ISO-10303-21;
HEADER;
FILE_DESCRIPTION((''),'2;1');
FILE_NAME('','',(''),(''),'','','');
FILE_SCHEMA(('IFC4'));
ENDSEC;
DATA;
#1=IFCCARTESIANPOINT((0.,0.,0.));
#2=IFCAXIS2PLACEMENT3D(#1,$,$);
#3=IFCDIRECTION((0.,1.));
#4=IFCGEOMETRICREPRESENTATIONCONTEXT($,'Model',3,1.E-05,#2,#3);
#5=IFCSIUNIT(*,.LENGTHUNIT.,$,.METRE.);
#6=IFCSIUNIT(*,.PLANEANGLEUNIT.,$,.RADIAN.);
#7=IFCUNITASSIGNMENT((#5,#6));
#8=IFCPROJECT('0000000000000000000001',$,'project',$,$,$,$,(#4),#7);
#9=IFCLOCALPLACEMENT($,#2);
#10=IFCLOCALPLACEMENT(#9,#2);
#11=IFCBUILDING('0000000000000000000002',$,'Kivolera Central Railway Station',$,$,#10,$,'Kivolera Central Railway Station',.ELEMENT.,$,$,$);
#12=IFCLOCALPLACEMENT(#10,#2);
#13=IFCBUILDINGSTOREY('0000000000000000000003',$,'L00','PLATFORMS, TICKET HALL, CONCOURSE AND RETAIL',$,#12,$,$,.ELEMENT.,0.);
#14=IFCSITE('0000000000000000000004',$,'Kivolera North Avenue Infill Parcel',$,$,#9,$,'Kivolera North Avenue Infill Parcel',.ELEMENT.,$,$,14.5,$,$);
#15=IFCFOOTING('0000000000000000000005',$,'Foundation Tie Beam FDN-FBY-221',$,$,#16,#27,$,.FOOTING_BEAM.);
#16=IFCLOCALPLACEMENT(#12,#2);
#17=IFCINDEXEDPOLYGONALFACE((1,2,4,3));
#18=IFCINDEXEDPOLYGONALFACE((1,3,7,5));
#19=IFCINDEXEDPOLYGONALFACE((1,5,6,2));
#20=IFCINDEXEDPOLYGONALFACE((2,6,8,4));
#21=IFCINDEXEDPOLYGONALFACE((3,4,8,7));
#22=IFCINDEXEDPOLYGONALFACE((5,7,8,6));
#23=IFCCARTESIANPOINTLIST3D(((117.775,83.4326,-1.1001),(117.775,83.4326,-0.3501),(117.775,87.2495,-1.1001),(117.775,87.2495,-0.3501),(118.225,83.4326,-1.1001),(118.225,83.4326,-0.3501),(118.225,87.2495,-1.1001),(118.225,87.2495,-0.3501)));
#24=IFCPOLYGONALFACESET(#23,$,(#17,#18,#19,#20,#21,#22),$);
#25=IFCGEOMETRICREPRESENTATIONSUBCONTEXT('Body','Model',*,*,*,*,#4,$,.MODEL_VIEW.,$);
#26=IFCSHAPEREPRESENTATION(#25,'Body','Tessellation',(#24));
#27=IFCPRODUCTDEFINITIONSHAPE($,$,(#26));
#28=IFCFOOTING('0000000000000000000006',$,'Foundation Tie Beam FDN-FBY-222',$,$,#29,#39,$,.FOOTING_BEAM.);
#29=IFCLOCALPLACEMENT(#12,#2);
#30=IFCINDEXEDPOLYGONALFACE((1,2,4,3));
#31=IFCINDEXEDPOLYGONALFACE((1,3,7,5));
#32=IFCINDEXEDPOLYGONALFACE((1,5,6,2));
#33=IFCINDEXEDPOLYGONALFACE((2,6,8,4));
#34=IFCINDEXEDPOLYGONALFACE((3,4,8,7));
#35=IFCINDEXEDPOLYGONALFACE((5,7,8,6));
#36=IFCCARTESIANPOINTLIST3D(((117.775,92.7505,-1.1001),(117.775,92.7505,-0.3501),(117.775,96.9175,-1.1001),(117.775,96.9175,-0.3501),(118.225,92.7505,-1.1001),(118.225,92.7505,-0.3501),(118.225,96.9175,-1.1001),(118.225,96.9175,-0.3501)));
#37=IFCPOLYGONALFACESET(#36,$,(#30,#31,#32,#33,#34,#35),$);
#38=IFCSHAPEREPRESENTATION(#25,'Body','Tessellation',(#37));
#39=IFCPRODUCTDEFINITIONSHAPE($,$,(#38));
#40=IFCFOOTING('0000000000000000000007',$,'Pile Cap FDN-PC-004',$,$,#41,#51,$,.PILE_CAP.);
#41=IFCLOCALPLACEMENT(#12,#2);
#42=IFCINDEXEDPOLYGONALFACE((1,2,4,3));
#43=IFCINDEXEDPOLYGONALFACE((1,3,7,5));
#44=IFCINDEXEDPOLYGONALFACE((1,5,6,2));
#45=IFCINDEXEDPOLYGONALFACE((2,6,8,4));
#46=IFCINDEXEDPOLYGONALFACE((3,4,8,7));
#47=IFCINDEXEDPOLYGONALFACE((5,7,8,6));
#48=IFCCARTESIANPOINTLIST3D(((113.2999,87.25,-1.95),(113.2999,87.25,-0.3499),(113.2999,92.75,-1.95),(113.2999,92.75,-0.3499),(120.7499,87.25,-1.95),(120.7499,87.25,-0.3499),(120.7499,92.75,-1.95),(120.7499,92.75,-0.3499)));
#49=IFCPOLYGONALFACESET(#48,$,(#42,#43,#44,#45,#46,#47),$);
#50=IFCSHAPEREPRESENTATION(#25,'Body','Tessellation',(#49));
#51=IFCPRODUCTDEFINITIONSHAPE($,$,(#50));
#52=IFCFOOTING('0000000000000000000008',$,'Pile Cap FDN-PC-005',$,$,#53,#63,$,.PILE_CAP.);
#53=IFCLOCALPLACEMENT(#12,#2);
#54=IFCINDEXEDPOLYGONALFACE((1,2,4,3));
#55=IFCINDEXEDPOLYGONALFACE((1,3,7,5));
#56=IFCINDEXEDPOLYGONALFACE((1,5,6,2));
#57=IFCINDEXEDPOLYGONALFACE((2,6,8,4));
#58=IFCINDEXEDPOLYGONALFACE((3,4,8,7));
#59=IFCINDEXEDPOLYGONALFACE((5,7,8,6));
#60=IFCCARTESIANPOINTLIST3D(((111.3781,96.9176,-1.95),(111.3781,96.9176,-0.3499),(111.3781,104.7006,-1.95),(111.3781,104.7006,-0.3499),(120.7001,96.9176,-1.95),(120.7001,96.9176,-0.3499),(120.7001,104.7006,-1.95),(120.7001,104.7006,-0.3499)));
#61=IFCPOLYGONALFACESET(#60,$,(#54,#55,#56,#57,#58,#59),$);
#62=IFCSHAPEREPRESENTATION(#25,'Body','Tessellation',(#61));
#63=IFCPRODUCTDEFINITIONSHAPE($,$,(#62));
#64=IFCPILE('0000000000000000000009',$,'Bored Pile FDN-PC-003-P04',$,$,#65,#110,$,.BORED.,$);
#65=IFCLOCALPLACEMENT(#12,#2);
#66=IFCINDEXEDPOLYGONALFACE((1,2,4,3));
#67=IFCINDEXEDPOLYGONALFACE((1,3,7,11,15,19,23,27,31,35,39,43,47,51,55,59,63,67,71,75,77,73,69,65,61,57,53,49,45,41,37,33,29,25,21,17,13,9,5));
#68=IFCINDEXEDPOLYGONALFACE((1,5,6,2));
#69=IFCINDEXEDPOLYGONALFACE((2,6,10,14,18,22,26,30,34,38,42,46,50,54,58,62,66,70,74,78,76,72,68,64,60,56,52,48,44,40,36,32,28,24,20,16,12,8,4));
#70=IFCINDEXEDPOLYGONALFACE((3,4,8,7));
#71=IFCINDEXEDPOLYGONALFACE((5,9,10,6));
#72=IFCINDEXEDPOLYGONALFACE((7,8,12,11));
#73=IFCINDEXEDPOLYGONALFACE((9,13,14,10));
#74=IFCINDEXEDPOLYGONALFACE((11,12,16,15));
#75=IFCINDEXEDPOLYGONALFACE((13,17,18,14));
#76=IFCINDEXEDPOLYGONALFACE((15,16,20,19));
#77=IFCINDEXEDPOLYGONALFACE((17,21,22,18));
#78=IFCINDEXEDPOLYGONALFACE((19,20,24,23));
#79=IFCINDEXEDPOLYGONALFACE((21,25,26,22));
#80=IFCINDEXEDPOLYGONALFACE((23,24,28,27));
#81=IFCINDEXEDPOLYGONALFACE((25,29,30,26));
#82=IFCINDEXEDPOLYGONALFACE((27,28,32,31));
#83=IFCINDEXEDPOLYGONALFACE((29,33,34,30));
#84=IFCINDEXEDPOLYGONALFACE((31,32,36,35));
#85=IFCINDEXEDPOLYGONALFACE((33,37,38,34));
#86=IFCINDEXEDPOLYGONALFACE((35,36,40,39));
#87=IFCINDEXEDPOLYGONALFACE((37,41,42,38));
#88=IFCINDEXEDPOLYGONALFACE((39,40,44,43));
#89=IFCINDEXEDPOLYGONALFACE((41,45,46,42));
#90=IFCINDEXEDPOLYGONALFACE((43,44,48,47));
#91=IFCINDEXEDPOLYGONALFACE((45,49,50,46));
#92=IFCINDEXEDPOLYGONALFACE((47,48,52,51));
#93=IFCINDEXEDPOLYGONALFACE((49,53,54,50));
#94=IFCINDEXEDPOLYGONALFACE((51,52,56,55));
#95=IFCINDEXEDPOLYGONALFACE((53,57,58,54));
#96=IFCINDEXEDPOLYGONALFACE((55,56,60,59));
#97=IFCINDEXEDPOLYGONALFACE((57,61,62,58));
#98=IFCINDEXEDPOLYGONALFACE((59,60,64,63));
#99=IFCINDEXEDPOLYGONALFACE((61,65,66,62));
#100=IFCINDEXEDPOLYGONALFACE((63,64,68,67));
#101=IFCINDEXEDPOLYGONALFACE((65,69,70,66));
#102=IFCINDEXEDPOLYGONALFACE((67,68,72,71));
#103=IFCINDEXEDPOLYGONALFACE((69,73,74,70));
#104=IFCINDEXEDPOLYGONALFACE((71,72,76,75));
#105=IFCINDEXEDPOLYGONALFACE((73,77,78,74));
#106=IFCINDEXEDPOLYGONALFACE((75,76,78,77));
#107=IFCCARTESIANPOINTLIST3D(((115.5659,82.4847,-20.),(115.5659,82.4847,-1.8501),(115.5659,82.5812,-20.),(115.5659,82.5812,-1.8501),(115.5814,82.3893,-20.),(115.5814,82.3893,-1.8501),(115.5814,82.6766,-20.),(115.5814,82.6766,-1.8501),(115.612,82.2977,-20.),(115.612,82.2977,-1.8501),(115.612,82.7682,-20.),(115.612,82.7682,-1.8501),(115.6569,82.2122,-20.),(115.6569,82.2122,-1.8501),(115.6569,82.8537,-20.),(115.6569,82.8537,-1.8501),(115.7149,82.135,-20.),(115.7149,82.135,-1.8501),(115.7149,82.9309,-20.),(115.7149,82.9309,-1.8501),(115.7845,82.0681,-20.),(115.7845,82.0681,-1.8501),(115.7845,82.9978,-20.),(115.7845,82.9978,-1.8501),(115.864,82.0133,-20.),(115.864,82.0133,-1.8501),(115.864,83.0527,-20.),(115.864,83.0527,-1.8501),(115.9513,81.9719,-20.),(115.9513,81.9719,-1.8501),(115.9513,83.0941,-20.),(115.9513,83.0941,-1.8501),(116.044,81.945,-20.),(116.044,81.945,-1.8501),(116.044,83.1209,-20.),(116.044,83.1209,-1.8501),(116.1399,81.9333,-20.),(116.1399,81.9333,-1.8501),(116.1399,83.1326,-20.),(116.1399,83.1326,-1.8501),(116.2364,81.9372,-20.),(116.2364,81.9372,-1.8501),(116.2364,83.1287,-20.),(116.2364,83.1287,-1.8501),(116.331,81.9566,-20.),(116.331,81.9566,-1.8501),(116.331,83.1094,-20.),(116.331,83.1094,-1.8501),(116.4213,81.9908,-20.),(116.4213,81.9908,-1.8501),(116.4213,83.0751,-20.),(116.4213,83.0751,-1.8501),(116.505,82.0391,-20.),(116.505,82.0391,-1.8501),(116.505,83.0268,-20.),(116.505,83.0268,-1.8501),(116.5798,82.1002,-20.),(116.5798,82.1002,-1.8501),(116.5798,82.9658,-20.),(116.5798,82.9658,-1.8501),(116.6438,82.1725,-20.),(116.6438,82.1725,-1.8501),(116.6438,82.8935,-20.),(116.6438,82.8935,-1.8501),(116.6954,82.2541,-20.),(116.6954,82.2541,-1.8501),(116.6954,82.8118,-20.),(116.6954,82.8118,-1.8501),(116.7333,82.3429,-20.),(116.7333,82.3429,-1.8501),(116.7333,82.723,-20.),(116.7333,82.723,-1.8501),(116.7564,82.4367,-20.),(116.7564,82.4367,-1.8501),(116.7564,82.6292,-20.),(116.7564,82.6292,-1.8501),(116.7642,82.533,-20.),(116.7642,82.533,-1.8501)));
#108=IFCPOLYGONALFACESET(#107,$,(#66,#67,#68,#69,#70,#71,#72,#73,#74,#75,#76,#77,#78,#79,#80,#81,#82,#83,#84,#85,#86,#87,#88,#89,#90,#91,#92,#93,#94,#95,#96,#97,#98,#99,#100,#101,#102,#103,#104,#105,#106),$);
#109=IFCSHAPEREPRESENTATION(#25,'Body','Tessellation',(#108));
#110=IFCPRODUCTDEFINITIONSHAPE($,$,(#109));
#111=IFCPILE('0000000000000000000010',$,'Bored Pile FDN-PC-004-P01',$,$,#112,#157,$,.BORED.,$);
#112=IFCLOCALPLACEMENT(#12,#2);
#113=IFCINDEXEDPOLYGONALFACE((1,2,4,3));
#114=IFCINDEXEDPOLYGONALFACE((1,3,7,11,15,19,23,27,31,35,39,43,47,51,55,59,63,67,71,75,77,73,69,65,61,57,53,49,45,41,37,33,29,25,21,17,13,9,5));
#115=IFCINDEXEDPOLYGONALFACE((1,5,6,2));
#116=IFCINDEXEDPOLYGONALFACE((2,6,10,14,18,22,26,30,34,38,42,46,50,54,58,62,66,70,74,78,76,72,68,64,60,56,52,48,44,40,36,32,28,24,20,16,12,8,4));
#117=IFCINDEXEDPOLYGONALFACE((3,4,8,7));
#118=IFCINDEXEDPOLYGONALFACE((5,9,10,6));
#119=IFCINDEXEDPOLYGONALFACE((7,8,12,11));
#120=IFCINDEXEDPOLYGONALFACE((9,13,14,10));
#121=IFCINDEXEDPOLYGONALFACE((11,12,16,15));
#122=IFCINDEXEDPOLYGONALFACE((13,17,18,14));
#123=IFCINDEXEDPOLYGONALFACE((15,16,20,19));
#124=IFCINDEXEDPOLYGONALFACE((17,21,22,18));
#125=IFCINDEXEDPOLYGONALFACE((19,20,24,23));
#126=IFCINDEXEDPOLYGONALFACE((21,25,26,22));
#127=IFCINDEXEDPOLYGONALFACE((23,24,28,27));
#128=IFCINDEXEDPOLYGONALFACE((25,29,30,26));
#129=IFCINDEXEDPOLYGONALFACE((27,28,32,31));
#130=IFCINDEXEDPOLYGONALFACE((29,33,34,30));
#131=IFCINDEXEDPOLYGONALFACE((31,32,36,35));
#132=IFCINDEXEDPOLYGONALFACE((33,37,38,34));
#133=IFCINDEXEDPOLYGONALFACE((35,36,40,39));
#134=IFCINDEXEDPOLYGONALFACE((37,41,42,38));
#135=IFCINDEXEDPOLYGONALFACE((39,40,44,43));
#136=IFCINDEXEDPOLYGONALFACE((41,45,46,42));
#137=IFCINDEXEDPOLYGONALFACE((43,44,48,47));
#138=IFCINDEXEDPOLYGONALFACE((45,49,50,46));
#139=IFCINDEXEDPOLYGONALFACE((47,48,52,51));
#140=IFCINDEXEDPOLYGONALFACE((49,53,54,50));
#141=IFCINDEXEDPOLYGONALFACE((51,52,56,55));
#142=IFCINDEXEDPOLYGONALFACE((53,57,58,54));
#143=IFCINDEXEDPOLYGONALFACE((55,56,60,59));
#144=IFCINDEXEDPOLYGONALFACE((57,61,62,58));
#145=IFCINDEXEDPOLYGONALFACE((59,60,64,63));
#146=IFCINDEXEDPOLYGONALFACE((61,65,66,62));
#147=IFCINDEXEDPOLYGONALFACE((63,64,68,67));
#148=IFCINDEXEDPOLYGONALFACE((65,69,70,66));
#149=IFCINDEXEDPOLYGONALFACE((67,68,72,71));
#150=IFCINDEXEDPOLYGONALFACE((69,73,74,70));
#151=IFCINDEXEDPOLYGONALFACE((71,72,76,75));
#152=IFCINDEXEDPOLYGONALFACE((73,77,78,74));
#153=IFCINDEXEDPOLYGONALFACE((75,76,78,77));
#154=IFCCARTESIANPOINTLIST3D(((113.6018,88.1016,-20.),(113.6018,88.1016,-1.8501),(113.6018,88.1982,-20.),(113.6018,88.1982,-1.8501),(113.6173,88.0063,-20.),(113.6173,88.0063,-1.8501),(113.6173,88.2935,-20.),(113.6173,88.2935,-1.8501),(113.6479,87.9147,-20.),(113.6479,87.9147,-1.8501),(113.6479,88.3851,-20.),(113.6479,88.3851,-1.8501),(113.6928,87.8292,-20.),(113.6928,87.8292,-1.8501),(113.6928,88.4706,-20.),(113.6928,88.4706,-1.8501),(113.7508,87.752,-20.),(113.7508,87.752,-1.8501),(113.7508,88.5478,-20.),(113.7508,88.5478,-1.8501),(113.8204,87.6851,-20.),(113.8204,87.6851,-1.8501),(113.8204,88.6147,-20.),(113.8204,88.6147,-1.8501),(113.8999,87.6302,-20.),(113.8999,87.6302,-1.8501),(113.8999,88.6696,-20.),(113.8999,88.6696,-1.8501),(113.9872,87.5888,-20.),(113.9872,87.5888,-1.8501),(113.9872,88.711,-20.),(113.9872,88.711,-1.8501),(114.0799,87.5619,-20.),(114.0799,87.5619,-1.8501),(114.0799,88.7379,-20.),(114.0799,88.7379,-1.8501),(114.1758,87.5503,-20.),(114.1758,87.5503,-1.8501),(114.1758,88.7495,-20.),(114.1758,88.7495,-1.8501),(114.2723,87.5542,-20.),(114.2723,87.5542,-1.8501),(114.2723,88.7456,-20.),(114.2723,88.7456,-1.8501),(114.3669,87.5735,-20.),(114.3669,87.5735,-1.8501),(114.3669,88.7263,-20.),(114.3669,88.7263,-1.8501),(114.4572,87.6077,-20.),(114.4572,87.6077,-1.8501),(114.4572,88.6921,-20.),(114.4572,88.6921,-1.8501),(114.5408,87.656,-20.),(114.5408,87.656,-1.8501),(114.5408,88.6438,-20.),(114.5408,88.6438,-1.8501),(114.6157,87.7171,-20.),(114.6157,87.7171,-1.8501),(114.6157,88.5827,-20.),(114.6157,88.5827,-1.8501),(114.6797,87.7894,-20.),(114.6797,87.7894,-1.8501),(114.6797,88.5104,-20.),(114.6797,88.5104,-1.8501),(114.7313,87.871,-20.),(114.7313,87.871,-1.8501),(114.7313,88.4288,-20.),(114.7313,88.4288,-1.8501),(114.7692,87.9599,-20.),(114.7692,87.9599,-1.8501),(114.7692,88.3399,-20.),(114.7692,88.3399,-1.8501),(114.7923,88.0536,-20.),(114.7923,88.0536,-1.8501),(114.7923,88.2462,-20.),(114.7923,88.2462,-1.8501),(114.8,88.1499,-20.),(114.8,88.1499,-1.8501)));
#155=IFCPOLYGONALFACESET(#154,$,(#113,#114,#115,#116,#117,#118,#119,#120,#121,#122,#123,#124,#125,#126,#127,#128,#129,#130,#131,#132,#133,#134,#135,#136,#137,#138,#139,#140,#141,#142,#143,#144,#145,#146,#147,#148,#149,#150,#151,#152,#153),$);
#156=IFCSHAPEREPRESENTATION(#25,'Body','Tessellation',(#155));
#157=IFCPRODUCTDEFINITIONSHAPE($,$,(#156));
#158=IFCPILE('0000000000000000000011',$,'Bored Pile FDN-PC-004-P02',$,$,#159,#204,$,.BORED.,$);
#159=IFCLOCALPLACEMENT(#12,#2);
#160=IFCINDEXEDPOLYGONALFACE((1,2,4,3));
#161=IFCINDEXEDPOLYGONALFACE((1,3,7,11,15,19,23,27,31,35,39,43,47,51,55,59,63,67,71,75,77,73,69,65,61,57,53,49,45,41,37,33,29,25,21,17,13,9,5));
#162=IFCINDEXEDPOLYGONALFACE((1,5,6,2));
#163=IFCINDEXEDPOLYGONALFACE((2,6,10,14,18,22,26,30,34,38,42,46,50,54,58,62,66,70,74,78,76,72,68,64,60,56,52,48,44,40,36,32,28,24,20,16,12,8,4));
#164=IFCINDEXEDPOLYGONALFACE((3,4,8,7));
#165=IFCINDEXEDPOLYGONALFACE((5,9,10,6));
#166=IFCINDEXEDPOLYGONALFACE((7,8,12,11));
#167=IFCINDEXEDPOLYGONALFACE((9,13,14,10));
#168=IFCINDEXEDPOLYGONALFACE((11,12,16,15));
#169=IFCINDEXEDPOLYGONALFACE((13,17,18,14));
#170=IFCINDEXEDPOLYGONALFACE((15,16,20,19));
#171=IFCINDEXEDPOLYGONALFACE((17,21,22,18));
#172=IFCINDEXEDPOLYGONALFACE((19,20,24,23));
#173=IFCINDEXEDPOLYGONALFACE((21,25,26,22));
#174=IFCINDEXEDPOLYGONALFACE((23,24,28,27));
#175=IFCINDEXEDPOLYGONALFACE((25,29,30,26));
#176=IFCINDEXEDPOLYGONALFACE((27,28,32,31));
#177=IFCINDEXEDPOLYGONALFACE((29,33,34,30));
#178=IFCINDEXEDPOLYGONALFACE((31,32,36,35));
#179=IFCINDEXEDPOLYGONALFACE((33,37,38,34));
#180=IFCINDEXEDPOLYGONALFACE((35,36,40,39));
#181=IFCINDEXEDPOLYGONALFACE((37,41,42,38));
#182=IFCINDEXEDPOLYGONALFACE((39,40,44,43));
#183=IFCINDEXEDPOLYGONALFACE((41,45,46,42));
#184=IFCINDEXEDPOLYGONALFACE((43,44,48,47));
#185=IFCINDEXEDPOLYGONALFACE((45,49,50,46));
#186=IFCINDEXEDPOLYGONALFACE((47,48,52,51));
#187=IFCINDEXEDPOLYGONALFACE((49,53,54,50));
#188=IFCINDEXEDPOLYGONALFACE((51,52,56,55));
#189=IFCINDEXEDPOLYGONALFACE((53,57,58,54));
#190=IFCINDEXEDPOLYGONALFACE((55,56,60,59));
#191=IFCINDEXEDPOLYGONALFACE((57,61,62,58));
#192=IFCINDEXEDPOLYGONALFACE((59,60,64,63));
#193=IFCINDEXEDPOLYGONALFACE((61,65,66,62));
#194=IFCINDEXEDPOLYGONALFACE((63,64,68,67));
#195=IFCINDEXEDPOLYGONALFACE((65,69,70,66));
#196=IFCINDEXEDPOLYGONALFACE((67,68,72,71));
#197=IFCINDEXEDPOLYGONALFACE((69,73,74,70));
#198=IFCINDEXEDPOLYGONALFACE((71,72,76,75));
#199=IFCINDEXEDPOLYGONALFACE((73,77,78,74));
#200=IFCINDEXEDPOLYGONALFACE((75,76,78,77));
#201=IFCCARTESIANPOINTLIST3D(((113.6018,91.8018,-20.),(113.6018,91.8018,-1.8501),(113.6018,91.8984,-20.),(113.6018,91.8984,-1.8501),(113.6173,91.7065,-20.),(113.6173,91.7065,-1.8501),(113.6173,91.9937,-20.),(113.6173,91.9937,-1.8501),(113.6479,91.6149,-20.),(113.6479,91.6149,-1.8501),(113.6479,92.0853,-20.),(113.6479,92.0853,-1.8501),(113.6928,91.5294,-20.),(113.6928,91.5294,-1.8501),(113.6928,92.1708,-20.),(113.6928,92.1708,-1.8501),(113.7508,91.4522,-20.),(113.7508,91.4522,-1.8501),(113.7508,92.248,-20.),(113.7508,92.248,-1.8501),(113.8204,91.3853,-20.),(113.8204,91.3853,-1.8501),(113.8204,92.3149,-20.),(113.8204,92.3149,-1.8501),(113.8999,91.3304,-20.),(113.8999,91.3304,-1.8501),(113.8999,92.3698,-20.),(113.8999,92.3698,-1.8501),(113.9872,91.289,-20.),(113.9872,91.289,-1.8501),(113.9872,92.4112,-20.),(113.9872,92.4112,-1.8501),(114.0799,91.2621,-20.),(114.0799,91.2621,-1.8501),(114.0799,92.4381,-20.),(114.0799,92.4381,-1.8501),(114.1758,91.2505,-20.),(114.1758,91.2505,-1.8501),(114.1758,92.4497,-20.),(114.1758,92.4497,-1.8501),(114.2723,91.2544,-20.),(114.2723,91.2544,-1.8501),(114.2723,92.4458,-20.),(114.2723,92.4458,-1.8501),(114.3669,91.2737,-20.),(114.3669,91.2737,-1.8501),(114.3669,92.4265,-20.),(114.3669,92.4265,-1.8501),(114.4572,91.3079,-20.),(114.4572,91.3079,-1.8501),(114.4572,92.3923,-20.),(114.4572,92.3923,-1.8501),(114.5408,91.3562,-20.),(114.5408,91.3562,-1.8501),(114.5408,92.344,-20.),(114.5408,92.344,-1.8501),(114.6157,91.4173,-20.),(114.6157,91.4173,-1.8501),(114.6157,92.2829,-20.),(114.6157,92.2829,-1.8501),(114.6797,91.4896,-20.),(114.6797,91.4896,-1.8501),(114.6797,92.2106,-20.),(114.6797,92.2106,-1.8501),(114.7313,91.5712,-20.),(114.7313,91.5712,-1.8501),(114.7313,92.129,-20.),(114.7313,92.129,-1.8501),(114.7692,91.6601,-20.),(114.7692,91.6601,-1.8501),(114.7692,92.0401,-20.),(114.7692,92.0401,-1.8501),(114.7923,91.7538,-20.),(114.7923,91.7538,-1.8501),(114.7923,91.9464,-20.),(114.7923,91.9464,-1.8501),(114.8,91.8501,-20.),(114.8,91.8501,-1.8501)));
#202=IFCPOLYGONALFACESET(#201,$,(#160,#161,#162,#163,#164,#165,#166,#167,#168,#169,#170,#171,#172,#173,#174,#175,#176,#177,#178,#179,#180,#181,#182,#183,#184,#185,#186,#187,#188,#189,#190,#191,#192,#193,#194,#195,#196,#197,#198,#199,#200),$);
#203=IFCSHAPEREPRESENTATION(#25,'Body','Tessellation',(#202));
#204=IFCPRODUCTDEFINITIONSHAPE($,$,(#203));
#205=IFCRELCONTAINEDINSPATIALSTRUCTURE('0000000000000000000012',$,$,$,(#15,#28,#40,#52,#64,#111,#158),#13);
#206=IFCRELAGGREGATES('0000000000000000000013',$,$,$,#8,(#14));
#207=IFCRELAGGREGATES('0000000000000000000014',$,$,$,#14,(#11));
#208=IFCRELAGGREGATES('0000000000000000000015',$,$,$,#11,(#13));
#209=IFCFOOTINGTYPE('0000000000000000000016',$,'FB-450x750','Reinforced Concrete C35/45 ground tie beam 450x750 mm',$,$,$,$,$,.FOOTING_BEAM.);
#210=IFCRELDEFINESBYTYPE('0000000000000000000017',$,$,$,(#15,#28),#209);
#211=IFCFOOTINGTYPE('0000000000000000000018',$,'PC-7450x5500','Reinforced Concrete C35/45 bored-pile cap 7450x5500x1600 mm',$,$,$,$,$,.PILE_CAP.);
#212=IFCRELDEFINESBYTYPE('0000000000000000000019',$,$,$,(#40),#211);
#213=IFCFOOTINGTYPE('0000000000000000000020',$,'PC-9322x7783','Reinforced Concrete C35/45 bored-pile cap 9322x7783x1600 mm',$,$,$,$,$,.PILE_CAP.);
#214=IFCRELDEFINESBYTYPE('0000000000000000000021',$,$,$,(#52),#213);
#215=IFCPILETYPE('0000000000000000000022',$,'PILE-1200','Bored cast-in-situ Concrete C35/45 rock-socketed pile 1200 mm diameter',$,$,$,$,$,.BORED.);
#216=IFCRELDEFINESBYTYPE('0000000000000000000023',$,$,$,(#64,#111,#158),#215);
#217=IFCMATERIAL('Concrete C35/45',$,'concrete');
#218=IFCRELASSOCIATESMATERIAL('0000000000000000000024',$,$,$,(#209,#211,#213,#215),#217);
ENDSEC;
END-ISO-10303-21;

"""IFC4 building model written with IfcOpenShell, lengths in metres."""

from ifc_helpers import new_model, si_unit, direction, frame, origin, origin_2d, place, context, subcontext, project, spatial, rectangle, circle, extrude, material, material_profile, profile_set, type_object, element, save


model = new_model("IFC4")

# Units and contexts
model_context = context("Model", 3, precision=1e-05, world=origin(), true_north=direction((0.0, 1.0)))
body_context = subcontext(model_context, "Body", "Model", "MODEL_VIEW")
ifc_project = project(units=[si_unit("LENGTHUNIT", "METRE"), si_unit("PLANEANGLEUNIT", "RADIAN")], contexts=[model_context])

# Site, building, storey
site_placement = place(None, origin())
site = spatial("IfcSite", under=ifc_project, at=site_placement, Name="Kivolera North Avenue Infill Parcel", LongName="Kivolera North Avenue Infill Parcel", CompositionType="ELEMENT", RefElevation=14.5)
building_placement = place(site_placement, origin())
building = spatial("IfcBuilding", under=site, at=building_placement, Name="Kivolera Central Railway Station", LongName="Kivolera Central Railway Station", CompositionType="ELEMENT")
storey_placement = place(building_placement, origin())
storey = spatial("IfcBuildingStorey", under=building, at=storey_placement, Name="L00", Description="PLATFORMS, TICKET HALL, CONCOURSE AND RETAIL", CompositionType="ELEMENT", Elevation=0.0)

# Footings
ifc_material_1 = material(Name="Concrete C35/45", Category="concrete")
footing_type_1 = type_object("IfcFootingType", Name="FB-450x750", Description="Reinforced Concrete C35/45 ground tie beam 450x750 mm", PredefinedType="FOOTING_BEAM", material=ifc_material_1)
footing_1_placement = place(storey_placement, frame((118.0, 85.3411, -1.1001), z_axis=(0.0, 0.0, 1.0), x_axis=(1.0, 0.0, 0.0)))
element("IfcFooting", 1, at=footing_1_placement, inside=storey, type_object=footing_type_1, Name="Foundation Tie Beam FDN-FBY-221", PredefinedType="FOOTING_BEAM", context=body_context, shape_type="SweptSolid", body=[
    extrude(rectangle(XDim=0.45, YDim=3.8169, at=origin_2d()), origin(), (0.0, 0.0, 1.0), 0.75),
])
footing_2_placement = place(storey_placement, frame((118.0, 94.834, -1.1001), z_axis=(0.0, 0.0, 1.0), x_axis=(1.0, 0.0, 0.0)))
element("IfcFooting", 2, at=footing_2_placement, inside=storey, type_object=footing_type_1, Name="Foundation Tie Beam FDN-FBY-222", PredefinedType="FOOTING_BEAM", context=body_context, shape_type="SweptSolid", body=[
    extrude(rectangle(XDim=0.45, YDim=4.167, at=origin_2d()), origin(), (0.0, 0.0, 1.0), 0.75),
])
footing_type_2 = type_object("IfcFootingType", Name="PC-7450x5500", Description="Reinforced Concrete C35/45 bored-pile cap 7450x5500x1600 mm", PredefinedType="PILE_CAP", material=ifc_material_1)
footing_3_placement = place(storey_placement, frame((117.0249, 90.0, -1.95), z_axis=(0.0, 0.0, 1.0), x_axis=(1.0, 0.0, 0.0)))
element("IfcFooting", 3, at=footing_3_placement, inside=storey, type_object=footing_type_2, Name="Pile Cap FDN-PC-004", PredefinedType="PILE_CAP", context=body_context, shape_type="SweptSolid", body=[
    extrude(rectangle(XDim=7.45, YDim=5.5, at=origin_2d()), origin(), (0.0, 0.0, 1.0), 1.6001),
])
footing_type_3 = type_object("IfcFootingType", Name="PC-9322x7783", Description="Reinforced Concrete C35/45 bored-pile cap 9322x7783x1600 mm", PredefinedType="PILE_CAP", material=ifc_material_1)
footing_4_placement = place(storey_placement, frame((116.0391, 100.8091, -1.95), z_axis=(0.0, 0.0, 1.0), x_axis=(1.0, 0.0, 0.0)))
element("IfcFooting", 4, at=footing_4_placement, inside=storey, type_object=footing_type_3, Name="Pile Cap FDN-PC-005", PredefinedType="PILE_CAP", context=body_context, shape_type="SweptSolid", body=[
    extrude(rectangle(XDim=9.322, YDim=7.783, at=origin_2d()), origin(), (0.0, 0.0, 1.0), 1.6001),
])

# Piles
ifc_material_profile_1 = material_profile(ifc_material_1, circle(Radius=0.6001, at=origin_2d()), Name="PILE D1200")
ifc_profile_set_1 = profile_set([ifc_material_profile_1], Name="Concrete C35/45")
pile_type = type_object("IfcPileType", Name="PILE-1200", Description="Bored cast-in-situ Concrete C35/45 rock-socketed pile 1200 mm diameter", PredefinedType="BORED", material=ifc_profile_set_1)
for number, where, z_axis, x_axis, name in (
    (5, (116.1641, 82.533, -1.8501), (0.0, 0.0, -1.0), (1.0, 0.0, 0.0), "Bored Pile FDN-PC-003-P04"),
    (6, (114.2, 88.1499, -1.8501), (0.0, 0.0, -1.0), (1.0, 0.0, 0.0), "Bored Pile FDN-PC-004-P01"),
    (7, (114.2, 91.8501, -1.8501), (0.0, 0.0, -1.0), (1.0, 0.0, 0.0), "Bored Pile FDN-PC-004-P02"),
):
    element("IfcPile", number, at=place(storey_placement, frame(where, z_axis=z_axis, x_axis=x_axis)), inside=storey, type_object=pile_type, Name=name, PredefinedType="BORED", context=body_context, shape_type="SweptSolid", body=[
        extrude(circle(Radius=0.6001, at=origin_2d()), origin(), (0.0, 0.0, 1.0), 18.1499),
    ])

save(model, "model.ifc")
